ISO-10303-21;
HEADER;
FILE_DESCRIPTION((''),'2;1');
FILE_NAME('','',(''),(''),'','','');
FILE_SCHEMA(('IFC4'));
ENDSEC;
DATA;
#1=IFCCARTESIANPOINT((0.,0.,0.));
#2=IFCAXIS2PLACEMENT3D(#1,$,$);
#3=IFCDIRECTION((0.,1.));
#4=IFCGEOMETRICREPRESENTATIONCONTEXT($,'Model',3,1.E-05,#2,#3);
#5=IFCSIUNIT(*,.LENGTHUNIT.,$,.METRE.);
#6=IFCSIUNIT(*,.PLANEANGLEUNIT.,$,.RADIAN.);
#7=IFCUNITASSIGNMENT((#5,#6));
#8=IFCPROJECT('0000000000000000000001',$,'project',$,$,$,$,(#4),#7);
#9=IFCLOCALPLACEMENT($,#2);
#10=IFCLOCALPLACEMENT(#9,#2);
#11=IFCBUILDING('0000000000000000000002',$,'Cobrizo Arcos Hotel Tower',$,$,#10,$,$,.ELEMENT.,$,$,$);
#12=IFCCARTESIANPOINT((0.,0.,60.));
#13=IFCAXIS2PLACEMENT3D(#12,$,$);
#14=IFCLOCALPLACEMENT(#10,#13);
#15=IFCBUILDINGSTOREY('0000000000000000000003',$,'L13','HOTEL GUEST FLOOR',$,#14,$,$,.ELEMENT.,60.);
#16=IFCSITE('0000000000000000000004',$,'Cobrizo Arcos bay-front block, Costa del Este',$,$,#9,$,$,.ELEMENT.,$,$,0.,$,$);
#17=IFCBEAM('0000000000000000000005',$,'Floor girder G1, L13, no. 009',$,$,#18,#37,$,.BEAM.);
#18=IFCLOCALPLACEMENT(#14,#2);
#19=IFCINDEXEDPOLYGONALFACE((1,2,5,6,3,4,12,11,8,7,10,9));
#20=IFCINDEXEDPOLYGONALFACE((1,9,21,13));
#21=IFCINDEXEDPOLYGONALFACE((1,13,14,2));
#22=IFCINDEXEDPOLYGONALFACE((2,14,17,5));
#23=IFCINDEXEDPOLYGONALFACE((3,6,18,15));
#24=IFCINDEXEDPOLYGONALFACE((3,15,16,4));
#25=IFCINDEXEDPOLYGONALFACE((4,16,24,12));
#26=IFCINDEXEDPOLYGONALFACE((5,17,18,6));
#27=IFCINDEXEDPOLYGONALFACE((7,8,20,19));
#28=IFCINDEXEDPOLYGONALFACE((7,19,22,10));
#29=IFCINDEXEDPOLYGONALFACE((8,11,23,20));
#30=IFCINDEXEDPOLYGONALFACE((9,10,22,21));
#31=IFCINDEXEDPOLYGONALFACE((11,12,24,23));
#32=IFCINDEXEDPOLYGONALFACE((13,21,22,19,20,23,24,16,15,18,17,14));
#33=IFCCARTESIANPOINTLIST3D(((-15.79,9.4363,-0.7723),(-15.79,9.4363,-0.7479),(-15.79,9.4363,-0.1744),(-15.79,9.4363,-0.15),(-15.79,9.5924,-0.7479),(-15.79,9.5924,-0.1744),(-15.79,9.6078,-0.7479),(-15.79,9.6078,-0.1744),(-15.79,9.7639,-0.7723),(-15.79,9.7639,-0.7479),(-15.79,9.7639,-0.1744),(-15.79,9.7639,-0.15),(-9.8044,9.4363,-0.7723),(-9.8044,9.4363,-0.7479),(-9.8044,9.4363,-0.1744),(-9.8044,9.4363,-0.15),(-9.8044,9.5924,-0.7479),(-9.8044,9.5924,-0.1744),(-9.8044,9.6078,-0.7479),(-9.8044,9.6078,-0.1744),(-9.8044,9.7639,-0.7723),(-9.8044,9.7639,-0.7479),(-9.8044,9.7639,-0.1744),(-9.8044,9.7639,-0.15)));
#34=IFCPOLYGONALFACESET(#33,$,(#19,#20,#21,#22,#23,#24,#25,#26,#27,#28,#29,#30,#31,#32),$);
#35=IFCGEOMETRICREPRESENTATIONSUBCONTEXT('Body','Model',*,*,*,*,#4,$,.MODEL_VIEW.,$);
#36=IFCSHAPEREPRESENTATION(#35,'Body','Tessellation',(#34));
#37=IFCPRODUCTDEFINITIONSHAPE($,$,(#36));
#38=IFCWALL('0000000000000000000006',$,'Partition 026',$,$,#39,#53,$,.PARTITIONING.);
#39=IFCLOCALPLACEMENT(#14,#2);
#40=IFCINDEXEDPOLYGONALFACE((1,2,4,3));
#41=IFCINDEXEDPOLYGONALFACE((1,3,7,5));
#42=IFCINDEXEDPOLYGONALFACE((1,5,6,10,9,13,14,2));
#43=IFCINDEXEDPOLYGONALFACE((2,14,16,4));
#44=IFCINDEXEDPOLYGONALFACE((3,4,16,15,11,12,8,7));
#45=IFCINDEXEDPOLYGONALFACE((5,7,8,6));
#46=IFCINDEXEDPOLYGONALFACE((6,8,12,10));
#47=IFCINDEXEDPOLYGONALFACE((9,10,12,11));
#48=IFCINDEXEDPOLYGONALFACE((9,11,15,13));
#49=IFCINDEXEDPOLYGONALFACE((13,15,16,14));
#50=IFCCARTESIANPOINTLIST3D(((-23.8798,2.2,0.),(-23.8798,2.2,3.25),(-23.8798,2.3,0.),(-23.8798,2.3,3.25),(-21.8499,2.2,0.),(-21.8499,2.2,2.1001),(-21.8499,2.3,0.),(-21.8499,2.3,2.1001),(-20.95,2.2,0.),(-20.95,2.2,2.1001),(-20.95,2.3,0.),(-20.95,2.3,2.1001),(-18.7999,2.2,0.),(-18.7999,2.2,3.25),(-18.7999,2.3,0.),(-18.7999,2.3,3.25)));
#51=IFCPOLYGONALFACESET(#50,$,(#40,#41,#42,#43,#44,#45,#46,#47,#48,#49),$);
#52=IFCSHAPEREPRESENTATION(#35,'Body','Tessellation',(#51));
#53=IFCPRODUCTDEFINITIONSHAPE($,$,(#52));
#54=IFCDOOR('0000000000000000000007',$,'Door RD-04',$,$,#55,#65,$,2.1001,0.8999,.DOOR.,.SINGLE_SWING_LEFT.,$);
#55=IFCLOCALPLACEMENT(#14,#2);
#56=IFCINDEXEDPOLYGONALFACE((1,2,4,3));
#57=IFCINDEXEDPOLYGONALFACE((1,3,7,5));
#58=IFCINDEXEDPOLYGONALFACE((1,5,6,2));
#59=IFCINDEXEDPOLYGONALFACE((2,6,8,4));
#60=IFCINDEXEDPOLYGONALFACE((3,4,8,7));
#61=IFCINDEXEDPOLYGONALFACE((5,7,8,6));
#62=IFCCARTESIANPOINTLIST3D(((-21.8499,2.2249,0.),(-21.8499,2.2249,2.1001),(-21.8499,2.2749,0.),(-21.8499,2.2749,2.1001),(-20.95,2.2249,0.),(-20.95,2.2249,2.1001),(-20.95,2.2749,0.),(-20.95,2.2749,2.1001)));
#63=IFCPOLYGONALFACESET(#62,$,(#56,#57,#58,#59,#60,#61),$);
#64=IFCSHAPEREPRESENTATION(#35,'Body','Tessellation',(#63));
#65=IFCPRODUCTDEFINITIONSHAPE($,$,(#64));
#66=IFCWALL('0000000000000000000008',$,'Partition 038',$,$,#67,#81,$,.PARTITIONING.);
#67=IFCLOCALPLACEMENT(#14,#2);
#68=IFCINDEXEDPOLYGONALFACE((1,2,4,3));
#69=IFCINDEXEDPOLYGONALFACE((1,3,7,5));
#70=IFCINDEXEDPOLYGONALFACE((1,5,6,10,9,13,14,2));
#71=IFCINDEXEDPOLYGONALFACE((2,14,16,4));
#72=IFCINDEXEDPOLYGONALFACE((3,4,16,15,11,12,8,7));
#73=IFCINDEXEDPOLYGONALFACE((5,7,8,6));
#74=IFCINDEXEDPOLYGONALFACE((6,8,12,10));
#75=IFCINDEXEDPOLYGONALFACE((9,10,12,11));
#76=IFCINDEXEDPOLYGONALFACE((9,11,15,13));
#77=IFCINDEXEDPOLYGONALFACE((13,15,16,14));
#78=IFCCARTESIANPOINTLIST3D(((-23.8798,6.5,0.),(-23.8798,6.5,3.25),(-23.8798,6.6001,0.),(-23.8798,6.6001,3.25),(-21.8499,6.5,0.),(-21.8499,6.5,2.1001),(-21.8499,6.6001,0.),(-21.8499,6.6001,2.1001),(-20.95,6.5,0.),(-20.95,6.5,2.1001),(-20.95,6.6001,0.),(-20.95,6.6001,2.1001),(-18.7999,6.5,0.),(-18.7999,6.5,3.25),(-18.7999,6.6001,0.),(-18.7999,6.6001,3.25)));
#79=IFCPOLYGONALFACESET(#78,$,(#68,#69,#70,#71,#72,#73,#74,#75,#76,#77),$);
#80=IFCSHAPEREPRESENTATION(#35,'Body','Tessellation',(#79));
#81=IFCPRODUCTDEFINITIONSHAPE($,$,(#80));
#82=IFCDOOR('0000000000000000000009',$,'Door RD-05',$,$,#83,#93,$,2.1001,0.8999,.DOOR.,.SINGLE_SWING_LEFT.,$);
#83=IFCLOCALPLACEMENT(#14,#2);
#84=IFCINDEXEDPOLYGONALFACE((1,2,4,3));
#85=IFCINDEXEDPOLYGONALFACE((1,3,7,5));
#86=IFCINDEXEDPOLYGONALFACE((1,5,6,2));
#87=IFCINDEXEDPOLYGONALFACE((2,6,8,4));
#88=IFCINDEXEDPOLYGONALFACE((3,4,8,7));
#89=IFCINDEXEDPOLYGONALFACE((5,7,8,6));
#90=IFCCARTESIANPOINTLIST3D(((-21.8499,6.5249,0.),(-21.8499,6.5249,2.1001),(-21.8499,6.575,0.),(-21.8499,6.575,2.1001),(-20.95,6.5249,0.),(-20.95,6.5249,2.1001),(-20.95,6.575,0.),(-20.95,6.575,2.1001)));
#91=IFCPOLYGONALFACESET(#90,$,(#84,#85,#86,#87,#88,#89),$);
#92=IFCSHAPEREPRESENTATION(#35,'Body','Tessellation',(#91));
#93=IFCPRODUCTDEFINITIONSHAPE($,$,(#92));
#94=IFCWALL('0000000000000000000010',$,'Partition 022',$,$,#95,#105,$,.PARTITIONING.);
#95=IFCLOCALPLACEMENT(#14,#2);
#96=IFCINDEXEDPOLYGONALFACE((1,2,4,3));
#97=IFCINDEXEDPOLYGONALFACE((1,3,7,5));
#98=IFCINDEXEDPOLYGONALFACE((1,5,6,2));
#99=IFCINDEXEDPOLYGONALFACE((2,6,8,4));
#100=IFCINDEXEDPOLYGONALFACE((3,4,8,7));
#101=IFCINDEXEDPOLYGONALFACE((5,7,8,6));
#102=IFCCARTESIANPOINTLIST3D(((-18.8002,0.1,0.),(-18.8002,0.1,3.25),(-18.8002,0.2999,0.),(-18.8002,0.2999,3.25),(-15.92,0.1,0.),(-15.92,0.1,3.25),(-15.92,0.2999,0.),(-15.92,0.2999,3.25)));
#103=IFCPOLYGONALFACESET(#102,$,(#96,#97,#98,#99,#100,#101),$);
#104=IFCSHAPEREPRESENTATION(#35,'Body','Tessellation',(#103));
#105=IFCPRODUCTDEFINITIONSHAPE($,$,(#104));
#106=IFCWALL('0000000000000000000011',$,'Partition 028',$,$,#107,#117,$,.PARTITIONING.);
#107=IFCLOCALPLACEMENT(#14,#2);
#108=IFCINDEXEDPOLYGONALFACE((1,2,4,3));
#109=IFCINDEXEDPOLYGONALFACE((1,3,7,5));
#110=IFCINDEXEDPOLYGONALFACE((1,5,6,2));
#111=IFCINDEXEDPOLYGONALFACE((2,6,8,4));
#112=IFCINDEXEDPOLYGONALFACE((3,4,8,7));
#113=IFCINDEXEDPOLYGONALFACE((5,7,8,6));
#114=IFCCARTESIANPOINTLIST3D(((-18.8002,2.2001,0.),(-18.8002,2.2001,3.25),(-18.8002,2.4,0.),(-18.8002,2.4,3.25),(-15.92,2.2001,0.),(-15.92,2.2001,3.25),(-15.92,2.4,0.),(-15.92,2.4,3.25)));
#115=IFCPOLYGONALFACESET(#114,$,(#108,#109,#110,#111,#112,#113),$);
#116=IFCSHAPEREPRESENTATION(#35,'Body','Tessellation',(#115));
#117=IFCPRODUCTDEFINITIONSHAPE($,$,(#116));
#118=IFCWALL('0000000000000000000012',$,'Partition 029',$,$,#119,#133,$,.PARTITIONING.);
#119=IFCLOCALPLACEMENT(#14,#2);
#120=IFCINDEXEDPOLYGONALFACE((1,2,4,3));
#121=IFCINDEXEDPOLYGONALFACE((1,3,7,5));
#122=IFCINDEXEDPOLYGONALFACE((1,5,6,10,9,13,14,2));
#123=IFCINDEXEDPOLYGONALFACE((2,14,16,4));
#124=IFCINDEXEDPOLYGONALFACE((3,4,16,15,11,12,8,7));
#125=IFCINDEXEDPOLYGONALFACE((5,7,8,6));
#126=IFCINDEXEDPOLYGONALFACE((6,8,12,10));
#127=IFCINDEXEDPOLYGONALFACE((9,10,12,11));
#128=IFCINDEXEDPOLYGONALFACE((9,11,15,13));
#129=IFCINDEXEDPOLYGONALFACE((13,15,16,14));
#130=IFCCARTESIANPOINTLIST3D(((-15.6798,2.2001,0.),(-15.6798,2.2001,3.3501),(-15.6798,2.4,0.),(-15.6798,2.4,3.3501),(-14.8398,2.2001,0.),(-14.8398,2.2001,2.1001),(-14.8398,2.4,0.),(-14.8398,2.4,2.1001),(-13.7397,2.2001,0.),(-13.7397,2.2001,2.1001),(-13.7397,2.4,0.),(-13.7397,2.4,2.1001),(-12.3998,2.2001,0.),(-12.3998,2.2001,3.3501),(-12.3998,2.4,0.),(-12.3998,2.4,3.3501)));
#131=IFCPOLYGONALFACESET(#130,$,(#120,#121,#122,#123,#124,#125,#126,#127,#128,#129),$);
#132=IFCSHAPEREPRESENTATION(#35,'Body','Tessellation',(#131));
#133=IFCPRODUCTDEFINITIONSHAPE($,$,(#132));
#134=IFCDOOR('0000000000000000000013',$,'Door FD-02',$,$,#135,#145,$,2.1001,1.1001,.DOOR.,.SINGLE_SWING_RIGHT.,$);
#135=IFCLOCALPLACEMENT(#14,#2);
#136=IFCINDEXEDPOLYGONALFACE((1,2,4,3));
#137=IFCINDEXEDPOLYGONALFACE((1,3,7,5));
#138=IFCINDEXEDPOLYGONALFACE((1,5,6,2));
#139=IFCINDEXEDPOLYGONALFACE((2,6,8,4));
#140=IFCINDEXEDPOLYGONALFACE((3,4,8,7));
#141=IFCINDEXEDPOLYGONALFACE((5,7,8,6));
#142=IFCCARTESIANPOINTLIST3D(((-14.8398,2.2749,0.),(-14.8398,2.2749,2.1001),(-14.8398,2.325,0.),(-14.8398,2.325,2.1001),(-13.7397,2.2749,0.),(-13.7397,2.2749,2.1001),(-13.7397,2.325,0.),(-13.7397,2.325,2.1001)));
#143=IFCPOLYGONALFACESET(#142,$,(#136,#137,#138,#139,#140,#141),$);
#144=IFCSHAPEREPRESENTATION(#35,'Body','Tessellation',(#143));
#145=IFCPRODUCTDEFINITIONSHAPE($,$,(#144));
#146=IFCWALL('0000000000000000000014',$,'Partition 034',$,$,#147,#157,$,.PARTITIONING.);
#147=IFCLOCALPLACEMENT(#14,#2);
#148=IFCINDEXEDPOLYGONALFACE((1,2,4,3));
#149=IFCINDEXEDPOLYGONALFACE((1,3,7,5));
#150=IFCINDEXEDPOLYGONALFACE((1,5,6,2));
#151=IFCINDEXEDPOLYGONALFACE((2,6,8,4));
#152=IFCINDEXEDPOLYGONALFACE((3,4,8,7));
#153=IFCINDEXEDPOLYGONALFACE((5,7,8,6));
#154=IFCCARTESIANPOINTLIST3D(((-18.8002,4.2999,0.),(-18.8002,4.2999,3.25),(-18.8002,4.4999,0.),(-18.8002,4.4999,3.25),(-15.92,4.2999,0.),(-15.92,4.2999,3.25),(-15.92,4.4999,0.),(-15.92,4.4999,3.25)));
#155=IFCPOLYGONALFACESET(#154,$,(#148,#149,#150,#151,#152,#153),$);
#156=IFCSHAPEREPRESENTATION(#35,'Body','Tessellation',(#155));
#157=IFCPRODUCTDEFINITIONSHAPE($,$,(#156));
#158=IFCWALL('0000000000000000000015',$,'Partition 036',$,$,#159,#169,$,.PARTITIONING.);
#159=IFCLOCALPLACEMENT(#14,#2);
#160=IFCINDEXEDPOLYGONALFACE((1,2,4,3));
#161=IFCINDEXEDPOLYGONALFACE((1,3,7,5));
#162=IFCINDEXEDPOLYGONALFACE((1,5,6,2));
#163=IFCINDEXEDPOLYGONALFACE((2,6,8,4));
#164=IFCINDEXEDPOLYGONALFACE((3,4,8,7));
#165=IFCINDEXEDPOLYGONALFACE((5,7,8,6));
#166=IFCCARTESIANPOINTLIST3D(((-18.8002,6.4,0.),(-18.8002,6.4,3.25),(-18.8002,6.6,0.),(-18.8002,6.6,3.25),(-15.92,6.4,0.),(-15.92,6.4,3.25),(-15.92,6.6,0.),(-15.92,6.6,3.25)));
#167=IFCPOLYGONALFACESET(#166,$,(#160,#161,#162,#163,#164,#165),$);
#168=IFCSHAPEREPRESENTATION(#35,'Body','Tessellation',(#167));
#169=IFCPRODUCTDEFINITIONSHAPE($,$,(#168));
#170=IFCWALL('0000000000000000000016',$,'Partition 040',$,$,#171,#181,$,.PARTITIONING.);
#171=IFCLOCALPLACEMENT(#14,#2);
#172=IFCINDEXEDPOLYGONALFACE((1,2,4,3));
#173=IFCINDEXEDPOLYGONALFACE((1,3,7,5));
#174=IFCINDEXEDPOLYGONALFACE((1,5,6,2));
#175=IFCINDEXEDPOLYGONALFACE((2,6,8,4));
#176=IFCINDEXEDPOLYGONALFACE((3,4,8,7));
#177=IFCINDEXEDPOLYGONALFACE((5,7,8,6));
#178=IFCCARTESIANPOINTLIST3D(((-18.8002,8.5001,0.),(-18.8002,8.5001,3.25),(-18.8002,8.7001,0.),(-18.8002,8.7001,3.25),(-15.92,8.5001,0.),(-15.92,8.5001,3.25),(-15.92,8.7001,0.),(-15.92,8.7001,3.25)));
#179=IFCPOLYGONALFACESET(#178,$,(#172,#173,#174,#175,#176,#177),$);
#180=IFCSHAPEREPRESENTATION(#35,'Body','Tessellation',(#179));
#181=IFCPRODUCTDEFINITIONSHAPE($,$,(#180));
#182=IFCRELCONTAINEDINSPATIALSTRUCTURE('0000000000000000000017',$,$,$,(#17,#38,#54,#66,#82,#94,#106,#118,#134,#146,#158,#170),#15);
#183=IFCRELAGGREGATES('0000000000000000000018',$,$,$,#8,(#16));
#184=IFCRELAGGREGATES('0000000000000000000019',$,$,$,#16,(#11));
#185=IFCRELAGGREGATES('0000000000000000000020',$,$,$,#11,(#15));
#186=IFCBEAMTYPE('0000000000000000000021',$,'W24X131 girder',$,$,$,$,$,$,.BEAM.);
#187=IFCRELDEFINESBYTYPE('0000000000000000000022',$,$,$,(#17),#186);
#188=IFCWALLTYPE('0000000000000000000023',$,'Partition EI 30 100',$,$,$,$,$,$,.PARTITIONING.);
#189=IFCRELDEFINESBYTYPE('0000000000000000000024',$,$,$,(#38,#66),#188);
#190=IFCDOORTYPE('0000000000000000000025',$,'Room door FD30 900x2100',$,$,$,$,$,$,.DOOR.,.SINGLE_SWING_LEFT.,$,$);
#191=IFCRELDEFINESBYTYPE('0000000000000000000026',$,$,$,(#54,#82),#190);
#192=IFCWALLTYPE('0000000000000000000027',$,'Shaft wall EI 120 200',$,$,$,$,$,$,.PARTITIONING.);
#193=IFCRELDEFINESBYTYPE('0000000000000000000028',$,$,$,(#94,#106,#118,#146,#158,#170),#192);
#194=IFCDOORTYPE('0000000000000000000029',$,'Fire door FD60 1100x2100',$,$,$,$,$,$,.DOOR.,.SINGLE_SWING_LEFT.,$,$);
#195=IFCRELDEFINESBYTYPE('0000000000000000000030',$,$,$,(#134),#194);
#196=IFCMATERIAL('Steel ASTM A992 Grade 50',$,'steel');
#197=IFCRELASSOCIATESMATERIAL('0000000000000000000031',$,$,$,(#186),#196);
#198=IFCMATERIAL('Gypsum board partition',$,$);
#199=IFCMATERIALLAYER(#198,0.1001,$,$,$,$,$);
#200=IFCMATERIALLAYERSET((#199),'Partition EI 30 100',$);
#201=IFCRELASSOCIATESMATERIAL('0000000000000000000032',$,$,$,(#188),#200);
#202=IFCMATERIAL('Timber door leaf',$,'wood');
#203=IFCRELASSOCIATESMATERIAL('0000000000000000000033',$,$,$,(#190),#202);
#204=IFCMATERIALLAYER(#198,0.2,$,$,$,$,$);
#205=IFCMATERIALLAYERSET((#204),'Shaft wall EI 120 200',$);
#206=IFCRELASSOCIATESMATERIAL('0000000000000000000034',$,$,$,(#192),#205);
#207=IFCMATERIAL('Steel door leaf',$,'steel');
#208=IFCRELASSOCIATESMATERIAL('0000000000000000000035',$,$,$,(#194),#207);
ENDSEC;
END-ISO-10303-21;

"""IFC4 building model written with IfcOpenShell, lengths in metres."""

from ifc_helpers import new_model, si_unit, direction, frame, frame_2d, origin, origin_2d, place, context, subcontext, project, spatial, rectangle, i_section, extrude, material, layer, layer_set, material_profile, profile_set, type_object, element, fill, save


model = new_model("IFC4")

# Units and contexts
model_context = context("Model", 3, precision=1e-05, world=origin(), true_north=direction((0.0, 1.0)))
body_context = subcontext(model_context, "Body", "Model", "MODEL_VIEW")
ifc_project = project(units=[si_unit("LENGTHUNIT", "METRE"), si_unit("PLANEANGLEUNIT", "RADIAN")], contexts=[model_context])

# Site, building, storey
site_placement = place(None, origin())
site = spatial("IfcSite", under=ifc_project, at=site_placement, Name="Cobrizo Arcos bay-front block, Costa del Este", CompositionType="ELEMENT", RefElevation=0.0)
building_placement = place(site_placement, origin())
building = spatial("IfcBuilding", under=site, at=building_placement, Name="Cobrizo Arcos Hotel Tower", CompositionType="ELEMENT")
storey_placement = place(building_placement, frame((0.0, 0.0, 60.0)))
storey = spatial("IfcBuildingStorey", under=building, at=storey_placement, Name="L13", Description="HOTEL GUEST FLOOR", CompositionType="ELEMENT", Elevation=60.0)

# Beam
ifc_material_1 = material(Name="Steel ASTM A992 Grade 50", Category="steel")
ifc_material_profile = material_profile(ifc_material_1, i_section(OverallWidth=0.3276, OverallDepth=0.6223, WebThickness=0.0154, FlangeThickness=0.0244, at=origin_2d()), Name="W24X131")
ifc_profile_set = profile_set([ifc_material_profile], Name="Steel ASTM A992 Grade 50")
beam_type = type_object("IfcBeamType", Name="W24X131 girder", PredefinedType="BEAM", material=ifc_profile_set)
beam_placement = place(storey_placement, frame((-15.79, 9.6001, -0.4612), z_axis=(1.0, 0.0, 0.0), x_axis=(0.0, 1.0, 0.0)))
element("IfcBeam", 1, at=beam_placement, inside=storey, type_object=beam_type, Name="Floor girder G1, L13, no. 009", PredefinedType="BEAM", context=body_context, shape_type="SweptSolid", body=[
    extrude(i_section(OverallWidth=0.3276, OverallDepth=0.6223, WebThickness=0.0154, FlangeThickness=0.0244, at=origin_2d()), origin(), (0.0, 0.0, 1.0), 5.9856),
])

# Walls, openings, doors
ifc_material_2 = material(Name="Gypsum board partition")
ifc_layer_1 = layer(ifc_material_2, 0.1001)
ifc_layer_set_1 = layer_set([ifc_layer_1], Name="Partition EI 30 100")
wall_type_1 = type_object("IfcWallType", Name="Partition EI 30 100", PredefinedType="PARTITIONING", material=ifc_layer_set_1)
wall_1_placement = place(storey_placement, frame((-23.8799, 2.25, 0.0), z_axis=(0.0, 0.0, 1.0), x_axis=(1.0, 0.0, 0.0)))
wall_1 = element("IfcWall", 2, at=wall_1_placement, inside=storey, type_object=wall_type_1, Name="Partition 026", PredefinedType="PARTITIONING", context=body_context, shape_type="SweptSolid", body=[
    extrude(rectangle(XDim=5.0798, YDim=0.1001, at=frame_2d((2.54, 0.0))), origin(), (0.0, 0.0, 1.0), 3.25),
])
opening_1_placement = place(wall_1_placement, frame((2.03, 0.0, 0.0)))
opening_1 = element("IfcOpeningElement", 3, at=opening_1_placement, cuts=wall_1, PredefinedType="OPENING", context=body_context, shape_type="SweptSolid", body=[
    extrude(rectangle(XDim=0.8999, YDim=2.1001, at=frame_2d((0.45, 1.05))), frame((0.0, 0.062, 0.0), z_axis=(0.0, -1.0, 0.0), x_axis=(1.0, 0.0, 0.0)), (0.0, 0.0, 1.0), 0.124),
])
ifc_material_3 = material(Name="Timber door leaf", Category="wood")
door_type_1 = type_object("IfcDoorType", Name="Room door FD30 900x2100", OperationType="SINGLE_SWING_LEFT", PredefinedType="DOOR", material=ifc_material_3)
door_1_placement = place(opening_1_placement, origin())
door_1 = element("IfcDoor", 4, at=door_1_placement, inside=storey, type_object=door_type_1, Name="Door RD-04", OperationType="SINGLE_SWING_LEFT", OverallHeight=2.1001, OverallWidth=0.8999, PredefinedType="DOOR", context=body_context, shape_type="SweptSolid", body=[
    extrude(rectangle(XDim=0.8999, YDim=2.1001, at=frame_2d((0.45, 1.05))), frame((0.0, 0.0249, 0.0), z_axis=(0.0, -1.0, 0.0), x_axis=(1.0, 0.0, 0.0)), (0.0, 0.0, 1.0), 0.05),
])
fill(opening_1, door_1)
wall_2_placement = place(storey_placement, frame((-23.8799, 6.55, 0.0), z_axis=(0.0, 0.0, 1.0), x_axis=(1.0, 0.0, 0.0)))
wall_2 = element("IfcWall", 5, at=wall_2_placement, inside=storey, type_object=wall_type_1, Name="Partition 038", PredefinedType="PARTITIONING", context=body_context, shape_type="SweptSolid", body=[
    extrude(rectangle(XDim=5.0798, YDim=0.1001, at=frame_2d((2.54, 0.0))), origin(), (0.0, 0.0, 1.0), 3.25),
])
opening_2_placement = place(wall_2_placement, frame((2.03, 0.0, 0.0)))
opening_2 = element("IfcOpeningElement", 6, at=opening_2_placement, cuts=wall_2, PredefinedType="OPENING", context=body_context, shape_type="SweptSolid", body=[
    extrude(rectangle(XDim=0.8999, YDim=2.1001, at=frame_2d((0.45, 1.05))), frame((0.0, 0.062, 0.0), z_axis=(0.0, -1.0, 0.0), x_axis=(1.0, 0.0, 0.0)), (0.0, 0.0, 1.0), 0.124),
])
door_2_placement = place(opening_2_placement, origin())
door_2 = element("IfcDoor", 7, at=door_2_placement, inside=storey, type_object=door_type_1, Name="Door RD-05", OperationType="SINGLE_SWING_LEFT", OverallHeight=2.1001, OverallWidth=0.8999, PredefinedType="DOOR", context=body_context, shape_type="SweptSolid", body=[
    extrude(rectangle(XDim=0.8999, YDim=2.1001, at=frame_2d((0.45, 1.05))), frame((0.0, 0.0249, 0.0), z_axis=(0.0, -1.0, 0.0), x_axis=(1.0, 0.0, 0.0)), (0.0, 0.0, 1.0), 0.05),
])
fill(opening_2, door_2)

# Walls
ifc_layer_2 = layer(ifc_material_2, 0.2)
ifc_layer_set_2 = layer_set([ifc_layer_2], Name="Shaft wall EI 120 200")
wall_type_2 = type_object("IfcWallType", Name="Shaft wall EI 120 200", PredefinedType="PARTITIONING", material=ifc_layer_set_2)
for number, where, z_axis, x_axis, name in (
    (8, (-18.8, 0.2, 0.0), (0.0, 0.0, 1.0), (1.0, 0.0, 0.0), "Partition 022"),
    (9, (-18.8, 2.3, 0.0), (0.0, 0.0, 1.0), (1.0, 0.0, 0.0), "Partition 028"),
):
    element("IfcWall", number, at=place(storey_placement, frame(where, z_axis=z_axis, x_axis=x_axis)), inside=storey, type_object=wall_type_2, Name=name, PredefinedType="PARTITIONING", context=body_context, shape_type="SweptSolid", body=[
        extrude(rectangle(XDim=2.8801, YDim=0.2, at=frame_2d((1.4399, 0.0))), origin(), (0.0, 0.0, 1.0), 3.25),
    ])

# Wall, opening, door
wall_3_placement = place(storey_placement, frame((-15.6799, 2.3, 0.0), z_axis=(0.0, 0.0, 1.0), x_axis=(1.0, 0.0, 0.0)))
wall_3 = element("IfcWall", 10, at=wall_3_placement, inside=storey, type_object=wall_type_2, Name="Partition 029", PredefinedType="PARTITIONING", context=body_context, shape_type="SweptSolid", body=[
    extrude(rectangle(XDim=3.28, YDim=0.2, at=frame_2d((1.6401, 0.0))), origin(), (0.0, 0.0, 1.0), 3.3501),
])
opening_3_placement = place(wall_3_placement, frame((0.8401, 0.0, 0.0)))
opening_3 = element("IfcOpeningElement", 11, at=opening_3_placement, cuts=wall_3, PredefinedType="OPENING", context=body_context, shape_type="SweptSolid", body=[
    extrude(rectangle(XDim=1.1001, YDim=2.1001, at=frame_2d((0.55, 1.05))), frame((0.0, 0.1121, 0.0), z_axis=(0.0, -1.0, 0.0), x_axis=(1.0, 0.0, 0.0)), (0.0, 0.0, 1.0), 0.2239),
])
ifc_material_4 = material(Name="Steel door leaf", Category="steel")
door_type_2 = type_object("IfcDoorType", Name="Fire door FD60 1100x2100", OperationType="SINGLE_SWING_LEFT", PredefinedType="DOOR", material=ifc_material_4)
door_3_placement = place(opening_3_placement, origin())
door_3 = element("IfcDoor", 12, at=door_3_placement, inside=storey, type_object=door_type_2, Name="Door FD-02", OperationType="SINGLE_SWING_RIGHT", OverallHeight=2.1001, OverallWidth=1.1001, PredefinedType="DOOR", context=body_context, shape_type="SweptSolid", body=[
    extrude(rectangle(XDim=1.1001, YDim=2.1001, at=frame_2d((0.55, 1.05))), frame((0.0, 0.0249, 0.0), z_axis=(0.0, -1.0, 0.0), x_axis=(1.0, 0.0, 0.0)), (0.0, 0.0, 1.0), 0.05),
])
fill(opening_3, door_3)

# Walls
for number, where, z_axis, x_axis, name in (
    (13, (-18.8, 4.3999, 0.0), (0.0, 0.0, 1.0), (1.0, 0.0, 0.0), "Partition 034"),
    (14, (-18.8, 6.5, 0.0), (0.0, 0.0, 1.0), (1.0, 0.0, 0.0), "Partition 036"),
    (15, (-18.8, 8.6001, 0.0), (0.0, 0.0, 1.0), (1.0, 0.0, 0.0), "Partition 040"),
):
    element("IfcWall", number, at=place(storey_placement, frame(where, z_axis=z_axis, x_axis=x_axis)), inside=storey, type_object=wall_type_2, Name=name, PredefinedType="PARTITIONING", context=body_context, shape_type="SweptSolid", body=[
        extrude(rectangle(XDim=2.8801, YDim=0.2, at=frame_2d((1.4399, 0.0))), origin(), (0.0, 0.0, 1.0), 3.25),
    ])

save(model, "model.ifc")
